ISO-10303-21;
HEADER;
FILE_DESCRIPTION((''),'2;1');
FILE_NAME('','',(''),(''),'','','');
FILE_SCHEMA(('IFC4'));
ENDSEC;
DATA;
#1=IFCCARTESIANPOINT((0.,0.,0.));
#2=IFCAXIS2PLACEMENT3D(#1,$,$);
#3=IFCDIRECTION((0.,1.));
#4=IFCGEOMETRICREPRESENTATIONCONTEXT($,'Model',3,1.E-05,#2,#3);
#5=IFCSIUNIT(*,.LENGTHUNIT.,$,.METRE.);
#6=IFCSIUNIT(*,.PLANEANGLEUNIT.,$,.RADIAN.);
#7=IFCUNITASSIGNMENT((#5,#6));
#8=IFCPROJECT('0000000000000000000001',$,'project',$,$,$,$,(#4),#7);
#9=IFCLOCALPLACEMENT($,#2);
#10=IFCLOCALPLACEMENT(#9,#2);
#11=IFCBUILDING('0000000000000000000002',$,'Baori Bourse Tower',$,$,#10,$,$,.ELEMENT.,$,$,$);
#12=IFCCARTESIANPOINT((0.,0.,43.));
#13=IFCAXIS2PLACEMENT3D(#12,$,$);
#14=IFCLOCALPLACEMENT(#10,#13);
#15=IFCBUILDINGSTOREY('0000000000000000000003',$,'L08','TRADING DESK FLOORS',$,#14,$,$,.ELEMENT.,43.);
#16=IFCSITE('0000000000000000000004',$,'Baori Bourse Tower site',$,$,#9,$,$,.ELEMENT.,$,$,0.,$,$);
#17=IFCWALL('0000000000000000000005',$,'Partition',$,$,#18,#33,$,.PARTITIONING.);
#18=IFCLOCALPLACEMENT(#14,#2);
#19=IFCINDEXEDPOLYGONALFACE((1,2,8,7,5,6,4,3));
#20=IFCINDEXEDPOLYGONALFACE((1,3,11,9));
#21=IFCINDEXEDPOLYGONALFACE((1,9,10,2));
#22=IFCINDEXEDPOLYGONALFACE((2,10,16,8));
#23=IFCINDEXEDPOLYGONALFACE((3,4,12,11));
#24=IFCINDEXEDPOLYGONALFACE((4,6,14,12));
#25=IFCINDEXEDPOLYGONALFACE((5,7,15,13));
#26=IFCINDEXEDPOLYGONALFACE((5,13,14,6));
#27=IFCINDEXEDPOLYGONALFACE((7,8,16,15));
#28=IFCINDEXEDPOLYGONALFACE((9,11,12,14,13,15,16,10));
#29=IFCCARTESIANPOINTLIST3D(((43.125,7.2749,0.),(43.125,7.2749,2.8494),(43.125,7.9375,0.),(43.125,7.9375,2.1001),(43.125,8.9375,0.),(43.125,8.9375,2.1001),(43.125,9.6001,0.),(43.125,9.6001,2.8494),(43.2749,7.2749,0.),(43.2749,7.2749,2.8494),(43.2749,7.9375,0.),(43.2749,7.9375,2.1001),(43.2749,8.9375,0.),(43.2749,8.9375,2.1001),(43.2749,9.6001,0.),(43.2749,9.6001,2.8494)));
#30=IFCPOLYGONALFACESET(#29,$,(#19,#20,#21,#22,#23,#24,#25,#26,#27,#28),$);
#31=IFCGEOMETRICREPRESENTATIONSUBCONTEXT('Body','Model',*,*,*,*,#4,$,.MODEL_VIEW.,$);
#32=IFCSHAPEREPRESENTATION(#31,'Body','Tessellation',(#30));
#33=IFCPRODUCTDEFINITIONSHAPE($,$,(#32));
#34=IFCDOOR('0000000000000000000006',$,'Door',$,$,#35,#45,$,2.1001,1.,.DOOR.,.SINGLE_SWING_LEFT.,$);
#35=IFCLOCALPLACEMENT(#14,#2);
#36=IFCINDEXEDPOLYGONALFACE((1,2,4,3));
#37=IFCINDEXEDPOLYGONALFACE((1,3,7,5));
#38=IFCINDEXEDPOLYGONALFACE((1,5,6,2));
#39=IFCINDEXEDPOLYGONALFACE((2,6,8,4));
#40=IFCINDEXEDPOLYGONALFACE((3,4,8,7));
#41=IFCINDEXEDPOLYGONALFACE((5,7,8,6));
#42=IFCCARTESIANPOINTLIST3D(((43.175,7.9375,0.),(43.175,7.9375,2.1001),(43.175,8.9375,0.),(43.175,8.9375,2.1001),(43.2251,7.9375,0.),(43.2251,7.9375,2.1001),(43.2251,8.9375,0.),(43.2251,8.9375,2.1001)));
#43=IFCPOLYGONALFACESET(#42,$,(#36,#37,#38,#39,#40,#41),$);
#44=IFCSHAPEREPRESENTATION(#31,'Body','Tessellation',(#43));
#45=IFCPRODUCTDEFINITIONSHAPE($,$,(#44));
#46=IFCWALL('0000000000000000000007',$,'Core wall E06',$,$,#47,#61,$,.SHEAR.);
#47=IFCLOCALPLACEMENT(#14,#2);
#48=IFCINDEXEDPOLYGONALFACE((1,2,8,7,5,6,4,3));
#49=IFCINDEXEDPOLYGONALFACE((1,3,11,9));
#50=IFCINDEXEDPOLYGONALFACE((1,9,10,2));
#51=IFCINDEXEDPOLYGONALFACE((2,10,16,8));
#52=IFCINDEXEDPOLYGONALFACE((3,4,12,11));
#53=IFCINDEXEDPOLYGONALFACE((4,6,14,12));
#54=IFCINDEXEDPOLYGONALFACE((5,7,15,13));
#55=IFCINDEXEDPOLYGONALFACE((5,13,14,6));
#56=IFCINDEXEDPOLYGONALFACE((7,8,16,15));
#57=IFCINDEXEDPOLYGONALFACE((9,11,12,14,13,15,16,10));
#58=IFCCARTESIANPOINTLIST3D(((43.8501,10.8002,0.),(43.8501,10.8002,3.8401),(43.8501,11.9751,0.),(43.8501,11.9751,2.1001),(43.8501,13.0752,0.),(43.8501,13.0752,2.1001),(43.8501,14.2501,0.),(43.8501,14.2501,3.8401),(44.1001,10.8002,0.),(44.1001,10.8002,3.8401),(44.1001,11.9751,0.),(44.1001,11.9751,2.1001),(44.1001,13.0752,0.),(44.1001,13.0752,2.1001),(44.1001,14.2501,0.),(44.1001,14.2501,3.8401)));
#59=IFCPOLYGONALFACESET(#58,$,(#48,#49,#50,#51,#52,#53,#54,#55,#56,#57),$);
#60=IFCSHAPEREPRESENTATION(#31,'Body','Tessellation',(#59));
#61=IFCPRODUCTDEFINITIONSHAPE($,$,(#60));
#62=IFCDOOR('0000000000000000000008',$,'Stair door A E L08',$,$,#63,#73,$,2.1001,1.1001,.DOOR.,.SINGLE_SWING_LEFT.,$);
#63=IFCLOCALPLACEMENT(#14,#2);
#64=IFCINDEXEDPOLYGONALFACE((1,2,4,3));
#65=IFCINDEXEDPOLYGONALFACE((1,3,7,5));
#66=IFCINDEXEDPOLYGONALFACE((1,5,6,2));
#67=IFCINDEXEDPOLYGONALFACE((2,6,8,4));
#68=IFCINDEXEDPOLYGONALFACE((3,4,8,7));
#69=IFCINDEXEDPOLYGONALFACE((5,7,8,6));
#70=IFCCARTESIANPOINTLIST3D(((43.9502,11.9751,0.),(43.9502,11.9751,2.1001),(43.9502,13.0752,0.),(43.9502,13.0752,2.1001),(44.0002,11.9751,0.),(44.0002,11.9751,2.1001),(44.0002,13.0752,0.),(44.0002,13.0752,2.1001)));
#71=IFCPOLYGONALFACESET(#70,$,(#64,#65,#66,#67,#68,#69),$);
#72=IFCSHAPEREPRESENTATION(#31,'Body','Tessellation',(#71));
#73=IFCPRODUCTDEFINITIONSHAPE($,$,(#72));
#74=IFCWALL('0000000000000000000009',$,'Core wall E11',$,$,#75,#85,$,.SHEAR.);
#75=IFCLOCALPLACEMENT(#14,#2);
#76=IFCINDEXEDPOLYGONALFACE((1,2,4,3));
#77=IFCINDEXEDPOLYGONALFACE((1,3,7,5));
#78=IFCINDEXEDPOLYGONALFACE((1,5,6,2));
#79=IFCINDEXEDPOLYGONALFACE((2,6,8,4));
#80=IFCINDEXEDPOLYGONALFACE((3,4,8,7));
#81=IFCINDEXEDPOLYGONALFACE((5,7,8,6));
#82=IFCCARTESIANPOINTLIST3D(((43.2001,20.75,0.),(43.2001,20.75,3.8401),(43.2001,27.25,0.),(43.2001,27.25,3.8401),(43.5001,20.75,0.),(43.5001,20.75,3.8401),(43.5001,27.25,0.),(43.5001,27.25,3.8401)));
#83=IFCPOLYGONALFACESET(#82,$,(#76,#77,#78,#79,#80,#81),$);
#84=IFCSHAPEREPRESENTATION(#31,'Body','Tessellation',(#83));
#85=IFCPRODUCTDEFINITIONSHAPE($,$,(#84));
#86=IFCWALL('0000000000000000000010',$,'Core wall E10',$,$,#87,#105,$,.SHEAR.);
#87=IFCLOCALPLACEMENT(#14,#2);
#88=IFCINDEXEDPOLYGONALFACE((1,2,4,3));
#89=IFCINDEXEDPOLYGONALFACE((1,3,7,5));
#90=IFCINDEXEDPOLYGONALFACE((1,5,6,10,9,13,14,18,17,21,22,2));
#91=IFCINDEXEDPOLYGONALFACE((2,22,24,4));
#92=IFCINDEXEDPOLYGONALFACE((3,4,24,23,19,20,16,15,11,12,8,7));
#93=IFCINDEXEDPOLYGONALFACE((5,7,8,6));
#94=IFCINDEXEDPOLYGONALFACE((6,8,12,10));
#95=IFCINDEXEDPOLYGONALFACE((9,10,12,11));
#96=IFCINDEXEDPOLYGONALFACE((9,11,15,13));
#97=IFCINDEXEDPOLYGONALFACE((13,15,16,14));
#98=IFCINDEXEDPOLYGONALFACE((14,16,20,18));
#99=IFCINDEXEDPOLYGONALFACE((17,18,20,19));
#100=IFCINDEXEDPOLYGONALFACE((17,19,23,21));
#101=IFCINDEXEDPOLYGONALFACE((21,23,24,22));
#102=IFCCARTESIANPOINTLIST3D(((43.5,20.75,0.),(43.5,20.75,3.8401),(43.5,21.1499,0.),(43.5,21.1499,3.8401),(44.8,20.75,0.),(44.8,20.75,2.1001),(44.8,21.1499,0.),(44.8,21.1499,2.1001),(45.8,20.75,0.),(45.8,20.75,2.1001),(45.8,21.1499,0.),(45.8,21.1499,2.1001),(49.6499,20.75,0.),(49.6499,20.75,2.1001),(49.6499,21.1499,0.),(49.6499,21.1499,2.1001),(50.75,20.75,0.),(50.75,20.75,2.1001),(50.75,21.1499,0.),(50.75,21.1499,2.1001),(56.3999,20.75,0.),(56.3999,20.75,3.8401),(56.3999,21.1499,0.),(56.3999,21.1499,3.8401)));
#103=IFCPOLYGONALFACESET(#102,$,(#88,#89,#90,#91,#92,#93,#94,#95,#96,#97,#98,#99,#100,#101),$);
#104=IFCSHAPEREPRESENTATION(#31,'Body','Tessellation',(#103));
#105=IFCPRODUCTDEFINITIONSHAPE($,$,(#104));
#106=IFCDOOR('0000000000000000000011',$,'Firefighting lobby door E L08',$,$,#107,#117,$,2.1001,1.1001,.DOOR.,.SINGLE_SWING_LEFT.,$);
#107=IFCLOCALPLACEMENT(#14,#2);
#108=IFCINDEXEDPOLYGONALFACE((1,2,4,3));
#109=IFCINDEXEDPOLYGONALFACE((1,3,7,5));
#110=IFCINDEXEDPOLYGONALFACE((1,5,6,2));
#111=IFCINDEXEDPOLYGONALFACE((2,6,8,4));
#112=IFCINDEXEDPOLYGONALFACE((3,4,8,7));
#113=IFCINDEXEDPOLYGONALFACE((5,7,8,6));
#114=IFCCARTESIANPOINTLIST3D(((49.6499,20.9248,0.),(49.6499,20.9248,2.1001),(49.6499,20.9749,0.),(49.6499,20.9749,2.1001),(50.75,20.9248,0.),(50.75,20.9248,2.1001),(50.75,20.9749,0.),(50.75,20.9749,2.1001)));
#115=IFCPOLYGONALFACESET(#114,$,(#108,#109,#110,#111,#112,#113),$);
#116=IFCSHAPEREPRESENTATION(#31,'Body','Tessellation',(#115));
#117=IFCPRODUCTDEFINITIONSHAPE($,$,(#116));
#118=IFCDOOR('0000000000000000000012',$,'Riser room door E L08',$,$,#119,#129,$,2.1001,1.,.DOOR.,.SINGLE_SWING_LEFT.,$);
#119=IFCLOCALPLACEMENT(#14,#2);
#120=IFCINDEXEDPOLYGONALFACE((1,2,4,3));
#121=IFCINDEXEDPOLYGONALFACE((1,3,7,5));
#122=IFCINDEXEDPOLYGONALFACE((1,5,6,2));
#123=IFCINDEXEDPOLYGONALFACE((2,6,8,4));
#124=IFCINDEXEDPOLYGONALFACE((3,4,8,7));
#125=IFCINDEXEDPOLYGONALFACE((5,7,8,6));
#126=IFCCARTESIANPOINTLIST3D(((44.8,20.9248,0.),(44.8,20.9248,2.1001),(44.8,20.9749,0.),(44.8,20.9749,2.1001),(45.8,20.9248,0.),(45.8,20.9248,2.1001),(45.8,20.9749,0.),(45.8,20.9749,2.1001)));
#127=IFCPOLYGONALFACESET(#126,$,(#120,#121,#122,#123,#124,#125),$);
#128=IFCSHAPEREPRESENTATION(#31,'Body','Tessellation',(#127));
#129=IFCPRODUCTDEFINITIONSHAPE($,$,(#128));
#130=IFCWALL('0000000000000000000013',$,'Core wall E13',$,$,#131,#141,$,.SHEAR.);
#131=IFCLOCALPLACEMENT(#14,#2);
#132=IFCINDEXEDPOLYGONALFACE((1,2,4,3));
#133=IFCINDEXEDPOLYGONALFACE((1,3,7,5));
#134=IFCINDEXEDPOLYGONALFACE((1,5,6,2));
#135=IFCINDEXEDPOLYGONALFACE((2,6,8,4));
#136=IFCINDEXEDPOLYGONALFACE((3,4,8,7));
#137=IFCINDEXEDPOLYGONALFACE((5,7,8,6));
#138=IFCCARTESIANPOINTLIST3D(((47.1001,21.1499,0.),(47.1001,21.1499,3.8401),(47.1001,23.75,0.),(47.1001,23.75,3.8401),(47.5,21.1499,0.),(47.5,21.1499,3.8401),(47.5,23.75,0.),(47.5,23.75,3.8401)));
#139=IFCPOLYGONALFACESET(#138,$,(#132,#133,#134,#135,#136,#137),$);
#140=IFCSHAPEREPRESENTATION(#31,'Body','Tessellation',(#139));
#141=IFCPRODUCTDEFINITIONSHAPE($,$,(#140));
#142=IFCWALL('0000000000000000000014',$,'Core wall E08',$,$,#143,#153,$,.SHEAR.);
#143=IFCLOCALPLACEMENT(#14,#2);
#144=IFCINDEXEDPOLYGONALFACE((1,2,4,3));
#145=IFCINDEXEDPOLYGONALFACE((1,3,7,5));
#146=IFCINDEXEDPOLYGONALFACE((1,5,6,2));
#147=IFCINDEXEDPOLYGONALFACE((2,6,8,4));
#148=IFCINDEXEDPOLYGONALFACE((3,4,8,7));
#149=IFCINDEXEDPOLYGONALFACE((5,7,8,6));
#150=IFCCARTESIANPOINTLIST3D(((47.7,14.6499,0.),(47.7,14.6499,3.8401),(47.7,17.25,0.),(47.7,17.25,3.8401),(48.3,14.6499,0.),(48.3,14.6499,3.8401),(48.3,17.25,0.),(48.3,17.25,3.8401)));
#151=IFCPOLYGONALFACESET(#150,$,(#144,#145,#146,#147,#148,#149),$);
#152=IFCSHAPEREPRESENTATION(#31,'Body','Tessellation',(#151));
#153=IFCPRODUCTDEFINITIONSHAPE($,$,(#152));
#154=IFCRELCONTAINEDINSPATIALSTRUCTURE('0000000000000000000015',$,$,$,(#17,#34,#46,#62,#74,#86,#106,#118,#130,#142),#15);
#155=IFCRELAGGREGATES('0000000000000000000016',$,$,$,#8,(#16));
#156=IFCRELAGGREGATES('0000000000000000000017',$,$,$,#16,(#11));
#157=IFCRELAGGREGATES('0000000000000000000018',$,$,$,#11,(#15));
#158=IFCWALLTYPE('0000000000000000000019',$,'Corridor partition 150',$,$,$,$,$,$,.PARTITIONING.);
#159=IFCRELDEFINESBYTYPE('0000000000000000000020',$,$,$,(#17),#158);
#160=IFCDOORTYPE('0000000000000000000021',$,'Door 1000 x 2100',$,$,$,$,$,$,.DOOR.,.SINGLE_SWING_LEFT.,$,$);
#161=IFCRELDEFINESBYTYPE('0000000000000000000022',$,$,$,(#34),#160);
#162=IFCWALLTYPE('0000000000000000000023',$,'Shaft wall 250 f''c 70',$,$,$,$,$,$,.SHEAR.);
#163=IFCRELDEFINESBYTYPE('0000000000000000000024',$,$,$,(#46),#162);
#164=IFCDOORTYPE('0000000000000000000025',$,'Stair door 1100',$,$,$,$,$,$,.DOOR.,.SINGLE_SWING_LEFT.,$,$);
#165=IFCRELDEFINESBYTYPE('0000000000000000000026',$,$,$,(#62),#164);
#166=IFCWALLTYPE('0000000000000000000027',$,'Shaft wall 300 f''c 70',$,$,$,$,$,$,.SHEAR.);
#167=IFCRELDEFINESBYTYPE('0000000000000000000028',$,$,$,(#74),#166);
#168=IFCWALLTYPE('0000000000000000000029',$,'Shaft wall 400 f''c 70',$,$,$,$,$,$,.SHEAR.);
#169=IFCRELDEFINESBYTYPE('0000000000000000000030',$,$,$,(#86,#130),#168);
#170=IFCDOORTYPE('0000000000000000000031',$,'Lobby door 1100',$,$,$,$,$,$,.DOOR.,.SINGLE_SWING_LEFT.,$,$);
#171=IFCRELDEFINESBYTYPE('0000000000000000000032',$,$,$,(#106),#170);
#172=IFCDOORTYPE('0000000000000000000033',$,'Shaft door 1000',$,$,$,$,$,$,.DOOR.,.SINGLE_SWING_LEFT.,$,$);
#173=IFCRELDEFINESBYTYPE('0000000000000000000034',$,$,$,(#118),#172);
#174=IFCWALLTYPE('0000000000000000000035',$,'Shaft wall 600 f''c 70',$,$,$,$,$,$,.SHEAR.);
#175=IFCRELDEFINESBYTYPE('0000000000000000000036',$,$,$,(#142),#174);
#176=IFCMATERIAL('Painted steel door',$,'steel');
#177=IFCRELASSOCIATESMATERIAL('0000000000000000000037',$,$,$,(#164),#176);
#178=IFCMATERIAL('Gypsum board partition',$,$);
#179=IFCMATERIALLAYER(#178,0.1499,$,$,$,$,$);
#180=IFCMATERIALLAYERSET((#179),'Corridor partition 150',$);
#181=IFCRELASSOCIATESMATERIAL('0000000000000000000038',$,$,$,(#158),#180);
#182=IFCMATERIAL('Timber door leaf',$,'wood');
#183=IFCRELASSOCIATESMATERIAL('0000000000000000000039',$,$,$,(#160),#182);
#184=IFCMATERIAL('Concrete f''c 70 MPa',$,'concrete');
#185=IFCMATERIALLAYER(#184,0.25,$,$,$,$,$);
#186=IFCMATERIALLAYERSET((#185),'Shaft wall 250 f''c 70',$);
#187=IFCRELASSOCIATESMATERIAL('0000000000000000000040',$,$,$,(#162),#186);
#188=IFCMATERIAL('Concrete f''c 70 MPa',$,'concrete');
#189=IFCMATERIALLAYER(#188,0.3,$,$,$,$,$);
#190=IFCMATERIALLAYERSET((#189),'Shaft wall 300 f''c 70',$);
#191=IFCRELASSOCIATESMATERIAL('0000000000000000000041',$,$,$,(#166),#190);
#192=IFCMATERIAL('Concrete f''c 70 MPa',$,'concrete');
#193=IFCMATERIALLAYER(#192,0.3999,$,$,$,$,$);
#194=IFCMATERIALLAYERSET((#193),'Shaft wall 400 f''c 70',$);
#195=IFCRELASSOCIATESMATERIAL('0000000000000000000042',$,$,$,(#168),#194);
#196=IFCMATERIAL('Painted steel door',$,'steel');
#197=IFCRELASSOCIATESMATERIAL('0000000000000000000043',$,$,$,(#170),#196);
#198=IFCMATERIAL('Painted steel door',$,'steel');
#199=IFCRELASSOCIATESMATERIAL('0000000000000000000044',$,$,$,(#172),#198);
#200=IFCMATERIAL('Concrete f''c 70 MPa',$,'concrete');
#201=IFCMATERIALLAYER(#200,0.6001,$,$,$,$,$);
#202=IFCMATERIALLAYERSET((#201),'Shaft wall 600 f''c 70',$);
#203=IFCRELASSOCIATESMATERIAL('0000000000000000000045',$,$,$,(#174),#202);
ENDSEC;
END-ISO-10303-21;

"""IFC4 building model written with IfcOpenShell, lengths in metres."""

from ifc_helpers import new_model, si_unit, direction, frame, frame_2d, origin, place, context, subcontext, project, spatial, rectangle, extrude, material, layer, layer_set, type_object, element, fill, save


model = new_model("IFC4")

# Units and contexts
model_context = context("Model", 3, precision=1e-05, world=origin(), true_north=direction((0.0, 1.0)))
body_context = subcontext(model_context, "Body", "Model", "MODEL_VIEW")
ifc_project = project(units=[si_unit("LENGTHUNIT", "METRE"), si_unit("PLANEANGLEUNIT", "RADIAN")], contexts=[model_context])

# Site, building, storey
site_placement = place(None, origin())
site = spatial("IfcSite", under=ifc_project, at=site_placement, Name="Baori Bourse Tower site", CompositionType="ELEMENT", RefElevation=0.0)
building_placement = place(site_placement, origin())
building = spatial("IfcBuilding", under=site, at=building_placement, Name="Baori Bourse Tower", CompositionType="ELEMENT")
storey_placement = place(building_placement, frame((0.0, 0.0, 43.0)))
storey = spatial("IfcBuildingStorey", under=building, at=storey_placement, Name="L08", Description="TRADING DESK FLOORS", CompositionType="ELEMENT", Elevation=43.0)

# Walls, openings, doors
ifc_material_1 = material(Name="Painted steel door", Category="steel")
door_type_1 = type_object("IfcDoorType", Name="Stair door 1100", OperationType="SINGLE_SWING_LEFT", PredefinedType="DOOR", material=ifc_material_1)
ifc_material_2 = material(Name="Gypsum board partition")
ifc_layer_1 = layer(ifc_material_2, 0.1499)
ifc_layer_set_1 = layer_set([ifc_layer_1], Name="Corridor partition 150")
wall_type_1 = type_object("IfcWallType", Name="Corridor partition 150", PredefinedType="PARTITIONING", material=ifc_layer_set_1)
wall_1_placement = place(storey_placement, frame((43.2, 7.2749, 0.0), z_axis=(0.0, 0.0, 1.0), x_axis=(0.0, 1.0, 0.0)))
wall_1 = element("IfcWall", 1, at=wall_1_placement, inside=storey, type_object=wall_type_1, Name="Partition", PredefinedType="PARTITIONING", context=body_context, shape_type="SweptSolid", body=[
    extrude(rectangle(XDim=2.3252, YDim=0.1499, at=frame_2d((1.1626, 0.0))), origin(), (0.0, 0.0, 1.0), 2.8494),
])
opening_1_placement = place(wall_1_placement, frame((0.6626, 0.0, 0.0)))
opening_1 = element("IfcOpeningElement", 2, at=opening_1_placement, cuts=wall_1, PredefinedType="OPENING", context=body_context, shape_type="SweptSolid", body=[
    extrude(rectangle(XDim=1.0, YDim=2.1001, at=frame_2d((0.5, 1.05))), frame((0.0, 0.085, 0.0), z_axis=(0.0, -1.0, 0.0), x_axis=(1.0, 0.0, 0.0)), (0.0, 0.0, 1.0), 0.1699),
])
ifc_material_3 = material(Name="Timber door leaf", Category="wood")
door_type_2 = type_object("IfcDoorType", Name="Door 1000 x 2100", OperationType="SINGLE_SWING_LEFT", PredefinedType="DOOR", material=ifc_material_3)
door_1_placement = place(opening_1_placement, origin())
door_1 = element("IfcDoor", 3, at=door_1_placement, inside=storey, type_object=door_type_2, Name="Door", OperationType="SINGLE_SWING_LEFT", OverallHeight=2.1001, OverallWidth=1.0, PredefinedType="DOOR", context=body_context, shape_type="SweptSolid", body=[
    extrude(rectangle(XDim=1.0, YDim=2.1001, at=frame_2d((0.5, 1.05))), frame((0.0, 0.0249, 0.0), z_axis=(0.0, -1.0, 0.0), x_axis=(1.0, 0.0, 0.0)), (0.0, 0.0, 1.0), 0.05),
])
fill(opening_1, door_1)
ifc_material_4 = material(Name="Concrete f'c 70 MPa", Category="concrete")
ifc_layer_2 = layer(ifc_material_4, 0.25)
ifc_layer_set_2 = layer_set([ifc_layer_2], Name="Shaft wall 250 f'c 70")
wall_type_2 = type_object("IfcWallType", Name="Shaft wall 250 f'c 70", PredefinedType="SHEAR", material=ifc_layer_set_2)
wall_2_placement = place(storey_placement, frame((43.9751, 10.8, 0.0), z_axis=(0.0, 0.0, 1.0), x_axis=(0.0, 1.0, 0.0)))
wall_2 = element("IfcWall", 4, at=wall_2_placement, inside=storey, type_object=wall_type_2, Name="Core wall E06", PredefinedType="SHEAR", context=body_context, shape_type="SweptSolid", body=[
    extrude(rectangle(XDim=3.45, YDim=0.25, at=frame_2d((1.7251, 0.0))), origin(), (0.0, 0.0, 1.0), 3.8401),
])
opening_2_placement = place(wall_2_placement, frame((1.175, 0.0, 0.0)))
opening_2 = element("IfcOpeningElement", 5, at=opening_2_placement, cuts=wall_2, PredefinedType="OPENING", context=body_context, shape_type="SweptSolid", body=[
    extrude(rectangle(XDim=1.1001, YDim=2.1001, at=frame_2d((0.55, 1.05))), frame((0.0, 0.135, 0.0), z_axis=(0.0, -1.0, 0.0), x_axis=(1.0, 0.0, 0.0)), (0.0, 0.0, 1.0), 0.27),
])
door_2_placement = place(opening_2_placement, origin())
door_2 = element("IfcDoor", 6, at=door_2_placement, inside=storey, type_object=door_type_1, Name="Stair door A E L08", OperationType="SINGLE_SWING_LEFT", OverallHeight=2.1001, OverallWidth=1.1001, PredefinedType="DOOR", context=body_context, shape_type="SweptSolid", body=[
    extrude(rectangle(XDim=1.1001, YDim=2.1001, at=frame_2d((0.55, 1.05))), frame((0.0, 0.0249, 0.0), z_axis=(0.0, -1.0, 0.0), x_axis=(1.0, 0.0, 0.0)), (0.0, 0.0, 1.0), 0.05),
])
fill(opening_2, door_2)

# Wall
ifc_material_5 = material(Name="Concrete f'c 70 MPa", Category="concrete")
ifc_layer_3 = layer(ifc_material_5, 0.3)
ifc_layer_set_3 = layer_set([ifc_layer_3], Name="Shaft wall 300 f'c 70")
wall_type_3 = type_object("IfcWallType", Name="Shaft wall 300 f'c 70", PredefinedType="SHEAR", material=ifc_layer_set_3)
wall_3_placement = place(storey_placement, frame((43.3501, 20.75, 0.0), z_axis=(0.0, 0.0, 1.0), x_axis=(0.0, 1.0, 0.0)))
element("IfcWall", 7, at=wall_3_placement, inside=storey, type_object=wall_type_3, Name="Core wall E11", PredefinedType="SHEAR", context=body_context, shape_type="SweptSolid", body=[
    extrude(rectangle(XDim=6.5, YDim=0.3, at=frame_2d((3.25, 0.0))), origin(), (0.0, 0.0, 1.0), 3.8401),
])

# Wall, openings, doors
ifc_material_6 = material(Name="Concrete f'c 70 MPa", Category="concrete")
ifc_layer_4 = layer(ifc_material_6, 0.3999)
ifc_layer_set_4 = layer_set([ifc_layer_4], Name="Shaft wall 400 f'c 70")
wall_type_4 = type_object("IfcWallType", Name="Shaft wall 400 f'c 70", PredefinedType="SHEAR", material=ifc_layer_set_4)
wall_4_placement = place(storey_placement, frame((43.5, 20.95, 0.0), z_axis=(0.0, 0.0, 1.0), x_axis=(1.0, 0.0, 0.0)))
wall_4 = element("IfcWall", 8, at=wall_4_placement, inside=storey, type_object=wall_type_4, Name="Core wall E10", PredefinedType="SHEAR", context=body_context, shape_type="SweptSolid", body=[
    extrude(rectangle(XDim=12.8999, YDim=0.3999, at=frame_2d((6.45, 0.0))), origin(), (0.0, 0.0, 1.0), 3.8401),
])
opening_3_placement = place(wall_4_placement, frame((6.1499, 0.0, 0.0)))
opening_3 = element("IfcOpeningElement", 9, at=opening_3_placement, cuts=wall_4, PredefinedType="OPENING", context=body_context, shape_type="SweptSolid", body=[
    extrude(rectangle(XDim=1.1001, YDim=2.1001, at=frame_2d((0.55, 1.05))), frame((0.0, 0.21, 0.0), z_axis=(0.0, -1.0, 0.0), x_axis=(1.0, 0.0, 0.0)), (0.0, 0.0, 1.0), 0.4199),
])
opening_4_placement = place(wall_4_placement, frame((1.3, 0.0, 0.0)))
opening_4 = element("IfcOpeningElement", 10, at=opening_4_placement, cuts=wall_4, PredefinedType="OPENING", context=body_context, shape_type="SweptSolid", body=[
    extrude(rectangle(XDim=1.0, YDim=2.1001, at=frame_2d((0.5, 1.05))), frame((0.0, 0.21, 0.0), z_axis=(0.0, -1.0, 0.0), x_axis=(1.0, 0.0, 0.0)), (0.0, 0.0, 1.0), 0.4199),
])
ifc_material_7 = material(Name="Painted steel door", Category="steel")
door_type_3 = type_object("IfcDoorType", Name="Lobby door 1100", OperationType="SINGLE_SWING_LEFT", PredefinedType="DOOR", material=ifc_material_7)
door_3_placement = place(opening_3_placement, origin())
door_3 = element("IfcDoor", 11, at=door_3_placement, inside=storey, type_object=door_type_3, Name="Firefighting lobby door E L08", OperationType="SINGLE_SWING_LEFT", OverallHeight=2.1001, OverallWidth=1.1001, PredefinedType="DOOR", context=body_context, shape_type="SweptSolid", body=[
    extrude(rectangle(XDim=1.1001, YDim=2.1001, at=frame_2d((0.55, 1.05))), frame((0.0, 0.0249, 0.0), z_axis=(0.0, -1.0, 0.0), x_axis=(1.0, 0.0, 0.0)), (0.0, 0.0, 1.0), 0.05),
])
fill(opening_3, door_3)
ifc_material_8 = material(Name="Painted steel door", Category="steel")
door_type_4 = type_object("IfcDoorType", Name="Shaft door 1000", OperationType="SINGLE_SWING_LEFT", PredefinedType="DOOR", material=ifc_material_8)
door_4_placement = place(opening_4_placement, origin())
door_4 = element("IfcDoor", 12, at=door_4_placement, inside=storey, type_object=door_type_4, Name="Riser room door E L08", OperationType="SINGLE_SWING_LEFT", OverallHeight=2.1001, OverallWidth=1.0, PredefinedType="DOOR", context=body_context, shape_type="SweptSolid", body=[
    extrude(rectangle(XDim=1.0, YDim=2.1001, at=frame_2d((0.5, 1.05))), frame((0.0, 0.0249, 0.0), z_axis=(0.0, -1.0, 0.0), x_axis=(1.0, 0.0, 0.0)), (0.0, 0.0, 1.0), 0.05),
])
fill(opening_4, door_4)

# Walls
wall_5_placement = place(storey_placement, frame((47.3, 21.1499, 0.0), z_axis=(0.0, 0.0, 1.0), x_axis=(0.0, 1.0, 0.0)))
element("IfcWall", 13, at=wall_5_placement, inside=storey, type_object=wall_type_4, Name="Core wall E13", PredefinedType="SHEAR", context=body_context, shape_type="SweptSolid", body=[
    extrude(rectangle(XDim=2.6001, YDim=0.3999, at=frame_2d((1.3, 0.0))), origin(), (0.0, 0.0, 1.0), 3.8401),
])
ifc_material_9 = material(Name="Concrete f'c 70 MPa", Category="concrete")
ifc_layer_5 = layer(ifc_material_9, 0.6001)
ifc_layer_set_5 = layer_set([ifc_layer_5], Name="Shaft wall 600 f'c 70")
wall_type_5 = type_object("IfcWallType", Name="Shaft wall 600 f'c 70", PredefinedType="SHEAR", material=ifc_layer_set_5)
wall_6_placement = place(storey_placement, frame((48.0, 14.6499, 0.0), z_axis=(0.0, 0.0, 1.0), x_axis=(0.0, 1.0, 0.0)))
element("IfcWall", 14, at=wall_6_placement, inside=storey, type_object=wall_type_5, Name="Core wall E08", PredefinedType="SHEAR", context=body_context, shape_type="SweptSolid", body=[
    extrude(rectangle(XDim=2.6001, YDim=0.6001, at=frame_2d((1.3, 0.0))), origin(), (0.0, 0.0, 1.0), 3.8401),
])

save(model, "model.ifc")
